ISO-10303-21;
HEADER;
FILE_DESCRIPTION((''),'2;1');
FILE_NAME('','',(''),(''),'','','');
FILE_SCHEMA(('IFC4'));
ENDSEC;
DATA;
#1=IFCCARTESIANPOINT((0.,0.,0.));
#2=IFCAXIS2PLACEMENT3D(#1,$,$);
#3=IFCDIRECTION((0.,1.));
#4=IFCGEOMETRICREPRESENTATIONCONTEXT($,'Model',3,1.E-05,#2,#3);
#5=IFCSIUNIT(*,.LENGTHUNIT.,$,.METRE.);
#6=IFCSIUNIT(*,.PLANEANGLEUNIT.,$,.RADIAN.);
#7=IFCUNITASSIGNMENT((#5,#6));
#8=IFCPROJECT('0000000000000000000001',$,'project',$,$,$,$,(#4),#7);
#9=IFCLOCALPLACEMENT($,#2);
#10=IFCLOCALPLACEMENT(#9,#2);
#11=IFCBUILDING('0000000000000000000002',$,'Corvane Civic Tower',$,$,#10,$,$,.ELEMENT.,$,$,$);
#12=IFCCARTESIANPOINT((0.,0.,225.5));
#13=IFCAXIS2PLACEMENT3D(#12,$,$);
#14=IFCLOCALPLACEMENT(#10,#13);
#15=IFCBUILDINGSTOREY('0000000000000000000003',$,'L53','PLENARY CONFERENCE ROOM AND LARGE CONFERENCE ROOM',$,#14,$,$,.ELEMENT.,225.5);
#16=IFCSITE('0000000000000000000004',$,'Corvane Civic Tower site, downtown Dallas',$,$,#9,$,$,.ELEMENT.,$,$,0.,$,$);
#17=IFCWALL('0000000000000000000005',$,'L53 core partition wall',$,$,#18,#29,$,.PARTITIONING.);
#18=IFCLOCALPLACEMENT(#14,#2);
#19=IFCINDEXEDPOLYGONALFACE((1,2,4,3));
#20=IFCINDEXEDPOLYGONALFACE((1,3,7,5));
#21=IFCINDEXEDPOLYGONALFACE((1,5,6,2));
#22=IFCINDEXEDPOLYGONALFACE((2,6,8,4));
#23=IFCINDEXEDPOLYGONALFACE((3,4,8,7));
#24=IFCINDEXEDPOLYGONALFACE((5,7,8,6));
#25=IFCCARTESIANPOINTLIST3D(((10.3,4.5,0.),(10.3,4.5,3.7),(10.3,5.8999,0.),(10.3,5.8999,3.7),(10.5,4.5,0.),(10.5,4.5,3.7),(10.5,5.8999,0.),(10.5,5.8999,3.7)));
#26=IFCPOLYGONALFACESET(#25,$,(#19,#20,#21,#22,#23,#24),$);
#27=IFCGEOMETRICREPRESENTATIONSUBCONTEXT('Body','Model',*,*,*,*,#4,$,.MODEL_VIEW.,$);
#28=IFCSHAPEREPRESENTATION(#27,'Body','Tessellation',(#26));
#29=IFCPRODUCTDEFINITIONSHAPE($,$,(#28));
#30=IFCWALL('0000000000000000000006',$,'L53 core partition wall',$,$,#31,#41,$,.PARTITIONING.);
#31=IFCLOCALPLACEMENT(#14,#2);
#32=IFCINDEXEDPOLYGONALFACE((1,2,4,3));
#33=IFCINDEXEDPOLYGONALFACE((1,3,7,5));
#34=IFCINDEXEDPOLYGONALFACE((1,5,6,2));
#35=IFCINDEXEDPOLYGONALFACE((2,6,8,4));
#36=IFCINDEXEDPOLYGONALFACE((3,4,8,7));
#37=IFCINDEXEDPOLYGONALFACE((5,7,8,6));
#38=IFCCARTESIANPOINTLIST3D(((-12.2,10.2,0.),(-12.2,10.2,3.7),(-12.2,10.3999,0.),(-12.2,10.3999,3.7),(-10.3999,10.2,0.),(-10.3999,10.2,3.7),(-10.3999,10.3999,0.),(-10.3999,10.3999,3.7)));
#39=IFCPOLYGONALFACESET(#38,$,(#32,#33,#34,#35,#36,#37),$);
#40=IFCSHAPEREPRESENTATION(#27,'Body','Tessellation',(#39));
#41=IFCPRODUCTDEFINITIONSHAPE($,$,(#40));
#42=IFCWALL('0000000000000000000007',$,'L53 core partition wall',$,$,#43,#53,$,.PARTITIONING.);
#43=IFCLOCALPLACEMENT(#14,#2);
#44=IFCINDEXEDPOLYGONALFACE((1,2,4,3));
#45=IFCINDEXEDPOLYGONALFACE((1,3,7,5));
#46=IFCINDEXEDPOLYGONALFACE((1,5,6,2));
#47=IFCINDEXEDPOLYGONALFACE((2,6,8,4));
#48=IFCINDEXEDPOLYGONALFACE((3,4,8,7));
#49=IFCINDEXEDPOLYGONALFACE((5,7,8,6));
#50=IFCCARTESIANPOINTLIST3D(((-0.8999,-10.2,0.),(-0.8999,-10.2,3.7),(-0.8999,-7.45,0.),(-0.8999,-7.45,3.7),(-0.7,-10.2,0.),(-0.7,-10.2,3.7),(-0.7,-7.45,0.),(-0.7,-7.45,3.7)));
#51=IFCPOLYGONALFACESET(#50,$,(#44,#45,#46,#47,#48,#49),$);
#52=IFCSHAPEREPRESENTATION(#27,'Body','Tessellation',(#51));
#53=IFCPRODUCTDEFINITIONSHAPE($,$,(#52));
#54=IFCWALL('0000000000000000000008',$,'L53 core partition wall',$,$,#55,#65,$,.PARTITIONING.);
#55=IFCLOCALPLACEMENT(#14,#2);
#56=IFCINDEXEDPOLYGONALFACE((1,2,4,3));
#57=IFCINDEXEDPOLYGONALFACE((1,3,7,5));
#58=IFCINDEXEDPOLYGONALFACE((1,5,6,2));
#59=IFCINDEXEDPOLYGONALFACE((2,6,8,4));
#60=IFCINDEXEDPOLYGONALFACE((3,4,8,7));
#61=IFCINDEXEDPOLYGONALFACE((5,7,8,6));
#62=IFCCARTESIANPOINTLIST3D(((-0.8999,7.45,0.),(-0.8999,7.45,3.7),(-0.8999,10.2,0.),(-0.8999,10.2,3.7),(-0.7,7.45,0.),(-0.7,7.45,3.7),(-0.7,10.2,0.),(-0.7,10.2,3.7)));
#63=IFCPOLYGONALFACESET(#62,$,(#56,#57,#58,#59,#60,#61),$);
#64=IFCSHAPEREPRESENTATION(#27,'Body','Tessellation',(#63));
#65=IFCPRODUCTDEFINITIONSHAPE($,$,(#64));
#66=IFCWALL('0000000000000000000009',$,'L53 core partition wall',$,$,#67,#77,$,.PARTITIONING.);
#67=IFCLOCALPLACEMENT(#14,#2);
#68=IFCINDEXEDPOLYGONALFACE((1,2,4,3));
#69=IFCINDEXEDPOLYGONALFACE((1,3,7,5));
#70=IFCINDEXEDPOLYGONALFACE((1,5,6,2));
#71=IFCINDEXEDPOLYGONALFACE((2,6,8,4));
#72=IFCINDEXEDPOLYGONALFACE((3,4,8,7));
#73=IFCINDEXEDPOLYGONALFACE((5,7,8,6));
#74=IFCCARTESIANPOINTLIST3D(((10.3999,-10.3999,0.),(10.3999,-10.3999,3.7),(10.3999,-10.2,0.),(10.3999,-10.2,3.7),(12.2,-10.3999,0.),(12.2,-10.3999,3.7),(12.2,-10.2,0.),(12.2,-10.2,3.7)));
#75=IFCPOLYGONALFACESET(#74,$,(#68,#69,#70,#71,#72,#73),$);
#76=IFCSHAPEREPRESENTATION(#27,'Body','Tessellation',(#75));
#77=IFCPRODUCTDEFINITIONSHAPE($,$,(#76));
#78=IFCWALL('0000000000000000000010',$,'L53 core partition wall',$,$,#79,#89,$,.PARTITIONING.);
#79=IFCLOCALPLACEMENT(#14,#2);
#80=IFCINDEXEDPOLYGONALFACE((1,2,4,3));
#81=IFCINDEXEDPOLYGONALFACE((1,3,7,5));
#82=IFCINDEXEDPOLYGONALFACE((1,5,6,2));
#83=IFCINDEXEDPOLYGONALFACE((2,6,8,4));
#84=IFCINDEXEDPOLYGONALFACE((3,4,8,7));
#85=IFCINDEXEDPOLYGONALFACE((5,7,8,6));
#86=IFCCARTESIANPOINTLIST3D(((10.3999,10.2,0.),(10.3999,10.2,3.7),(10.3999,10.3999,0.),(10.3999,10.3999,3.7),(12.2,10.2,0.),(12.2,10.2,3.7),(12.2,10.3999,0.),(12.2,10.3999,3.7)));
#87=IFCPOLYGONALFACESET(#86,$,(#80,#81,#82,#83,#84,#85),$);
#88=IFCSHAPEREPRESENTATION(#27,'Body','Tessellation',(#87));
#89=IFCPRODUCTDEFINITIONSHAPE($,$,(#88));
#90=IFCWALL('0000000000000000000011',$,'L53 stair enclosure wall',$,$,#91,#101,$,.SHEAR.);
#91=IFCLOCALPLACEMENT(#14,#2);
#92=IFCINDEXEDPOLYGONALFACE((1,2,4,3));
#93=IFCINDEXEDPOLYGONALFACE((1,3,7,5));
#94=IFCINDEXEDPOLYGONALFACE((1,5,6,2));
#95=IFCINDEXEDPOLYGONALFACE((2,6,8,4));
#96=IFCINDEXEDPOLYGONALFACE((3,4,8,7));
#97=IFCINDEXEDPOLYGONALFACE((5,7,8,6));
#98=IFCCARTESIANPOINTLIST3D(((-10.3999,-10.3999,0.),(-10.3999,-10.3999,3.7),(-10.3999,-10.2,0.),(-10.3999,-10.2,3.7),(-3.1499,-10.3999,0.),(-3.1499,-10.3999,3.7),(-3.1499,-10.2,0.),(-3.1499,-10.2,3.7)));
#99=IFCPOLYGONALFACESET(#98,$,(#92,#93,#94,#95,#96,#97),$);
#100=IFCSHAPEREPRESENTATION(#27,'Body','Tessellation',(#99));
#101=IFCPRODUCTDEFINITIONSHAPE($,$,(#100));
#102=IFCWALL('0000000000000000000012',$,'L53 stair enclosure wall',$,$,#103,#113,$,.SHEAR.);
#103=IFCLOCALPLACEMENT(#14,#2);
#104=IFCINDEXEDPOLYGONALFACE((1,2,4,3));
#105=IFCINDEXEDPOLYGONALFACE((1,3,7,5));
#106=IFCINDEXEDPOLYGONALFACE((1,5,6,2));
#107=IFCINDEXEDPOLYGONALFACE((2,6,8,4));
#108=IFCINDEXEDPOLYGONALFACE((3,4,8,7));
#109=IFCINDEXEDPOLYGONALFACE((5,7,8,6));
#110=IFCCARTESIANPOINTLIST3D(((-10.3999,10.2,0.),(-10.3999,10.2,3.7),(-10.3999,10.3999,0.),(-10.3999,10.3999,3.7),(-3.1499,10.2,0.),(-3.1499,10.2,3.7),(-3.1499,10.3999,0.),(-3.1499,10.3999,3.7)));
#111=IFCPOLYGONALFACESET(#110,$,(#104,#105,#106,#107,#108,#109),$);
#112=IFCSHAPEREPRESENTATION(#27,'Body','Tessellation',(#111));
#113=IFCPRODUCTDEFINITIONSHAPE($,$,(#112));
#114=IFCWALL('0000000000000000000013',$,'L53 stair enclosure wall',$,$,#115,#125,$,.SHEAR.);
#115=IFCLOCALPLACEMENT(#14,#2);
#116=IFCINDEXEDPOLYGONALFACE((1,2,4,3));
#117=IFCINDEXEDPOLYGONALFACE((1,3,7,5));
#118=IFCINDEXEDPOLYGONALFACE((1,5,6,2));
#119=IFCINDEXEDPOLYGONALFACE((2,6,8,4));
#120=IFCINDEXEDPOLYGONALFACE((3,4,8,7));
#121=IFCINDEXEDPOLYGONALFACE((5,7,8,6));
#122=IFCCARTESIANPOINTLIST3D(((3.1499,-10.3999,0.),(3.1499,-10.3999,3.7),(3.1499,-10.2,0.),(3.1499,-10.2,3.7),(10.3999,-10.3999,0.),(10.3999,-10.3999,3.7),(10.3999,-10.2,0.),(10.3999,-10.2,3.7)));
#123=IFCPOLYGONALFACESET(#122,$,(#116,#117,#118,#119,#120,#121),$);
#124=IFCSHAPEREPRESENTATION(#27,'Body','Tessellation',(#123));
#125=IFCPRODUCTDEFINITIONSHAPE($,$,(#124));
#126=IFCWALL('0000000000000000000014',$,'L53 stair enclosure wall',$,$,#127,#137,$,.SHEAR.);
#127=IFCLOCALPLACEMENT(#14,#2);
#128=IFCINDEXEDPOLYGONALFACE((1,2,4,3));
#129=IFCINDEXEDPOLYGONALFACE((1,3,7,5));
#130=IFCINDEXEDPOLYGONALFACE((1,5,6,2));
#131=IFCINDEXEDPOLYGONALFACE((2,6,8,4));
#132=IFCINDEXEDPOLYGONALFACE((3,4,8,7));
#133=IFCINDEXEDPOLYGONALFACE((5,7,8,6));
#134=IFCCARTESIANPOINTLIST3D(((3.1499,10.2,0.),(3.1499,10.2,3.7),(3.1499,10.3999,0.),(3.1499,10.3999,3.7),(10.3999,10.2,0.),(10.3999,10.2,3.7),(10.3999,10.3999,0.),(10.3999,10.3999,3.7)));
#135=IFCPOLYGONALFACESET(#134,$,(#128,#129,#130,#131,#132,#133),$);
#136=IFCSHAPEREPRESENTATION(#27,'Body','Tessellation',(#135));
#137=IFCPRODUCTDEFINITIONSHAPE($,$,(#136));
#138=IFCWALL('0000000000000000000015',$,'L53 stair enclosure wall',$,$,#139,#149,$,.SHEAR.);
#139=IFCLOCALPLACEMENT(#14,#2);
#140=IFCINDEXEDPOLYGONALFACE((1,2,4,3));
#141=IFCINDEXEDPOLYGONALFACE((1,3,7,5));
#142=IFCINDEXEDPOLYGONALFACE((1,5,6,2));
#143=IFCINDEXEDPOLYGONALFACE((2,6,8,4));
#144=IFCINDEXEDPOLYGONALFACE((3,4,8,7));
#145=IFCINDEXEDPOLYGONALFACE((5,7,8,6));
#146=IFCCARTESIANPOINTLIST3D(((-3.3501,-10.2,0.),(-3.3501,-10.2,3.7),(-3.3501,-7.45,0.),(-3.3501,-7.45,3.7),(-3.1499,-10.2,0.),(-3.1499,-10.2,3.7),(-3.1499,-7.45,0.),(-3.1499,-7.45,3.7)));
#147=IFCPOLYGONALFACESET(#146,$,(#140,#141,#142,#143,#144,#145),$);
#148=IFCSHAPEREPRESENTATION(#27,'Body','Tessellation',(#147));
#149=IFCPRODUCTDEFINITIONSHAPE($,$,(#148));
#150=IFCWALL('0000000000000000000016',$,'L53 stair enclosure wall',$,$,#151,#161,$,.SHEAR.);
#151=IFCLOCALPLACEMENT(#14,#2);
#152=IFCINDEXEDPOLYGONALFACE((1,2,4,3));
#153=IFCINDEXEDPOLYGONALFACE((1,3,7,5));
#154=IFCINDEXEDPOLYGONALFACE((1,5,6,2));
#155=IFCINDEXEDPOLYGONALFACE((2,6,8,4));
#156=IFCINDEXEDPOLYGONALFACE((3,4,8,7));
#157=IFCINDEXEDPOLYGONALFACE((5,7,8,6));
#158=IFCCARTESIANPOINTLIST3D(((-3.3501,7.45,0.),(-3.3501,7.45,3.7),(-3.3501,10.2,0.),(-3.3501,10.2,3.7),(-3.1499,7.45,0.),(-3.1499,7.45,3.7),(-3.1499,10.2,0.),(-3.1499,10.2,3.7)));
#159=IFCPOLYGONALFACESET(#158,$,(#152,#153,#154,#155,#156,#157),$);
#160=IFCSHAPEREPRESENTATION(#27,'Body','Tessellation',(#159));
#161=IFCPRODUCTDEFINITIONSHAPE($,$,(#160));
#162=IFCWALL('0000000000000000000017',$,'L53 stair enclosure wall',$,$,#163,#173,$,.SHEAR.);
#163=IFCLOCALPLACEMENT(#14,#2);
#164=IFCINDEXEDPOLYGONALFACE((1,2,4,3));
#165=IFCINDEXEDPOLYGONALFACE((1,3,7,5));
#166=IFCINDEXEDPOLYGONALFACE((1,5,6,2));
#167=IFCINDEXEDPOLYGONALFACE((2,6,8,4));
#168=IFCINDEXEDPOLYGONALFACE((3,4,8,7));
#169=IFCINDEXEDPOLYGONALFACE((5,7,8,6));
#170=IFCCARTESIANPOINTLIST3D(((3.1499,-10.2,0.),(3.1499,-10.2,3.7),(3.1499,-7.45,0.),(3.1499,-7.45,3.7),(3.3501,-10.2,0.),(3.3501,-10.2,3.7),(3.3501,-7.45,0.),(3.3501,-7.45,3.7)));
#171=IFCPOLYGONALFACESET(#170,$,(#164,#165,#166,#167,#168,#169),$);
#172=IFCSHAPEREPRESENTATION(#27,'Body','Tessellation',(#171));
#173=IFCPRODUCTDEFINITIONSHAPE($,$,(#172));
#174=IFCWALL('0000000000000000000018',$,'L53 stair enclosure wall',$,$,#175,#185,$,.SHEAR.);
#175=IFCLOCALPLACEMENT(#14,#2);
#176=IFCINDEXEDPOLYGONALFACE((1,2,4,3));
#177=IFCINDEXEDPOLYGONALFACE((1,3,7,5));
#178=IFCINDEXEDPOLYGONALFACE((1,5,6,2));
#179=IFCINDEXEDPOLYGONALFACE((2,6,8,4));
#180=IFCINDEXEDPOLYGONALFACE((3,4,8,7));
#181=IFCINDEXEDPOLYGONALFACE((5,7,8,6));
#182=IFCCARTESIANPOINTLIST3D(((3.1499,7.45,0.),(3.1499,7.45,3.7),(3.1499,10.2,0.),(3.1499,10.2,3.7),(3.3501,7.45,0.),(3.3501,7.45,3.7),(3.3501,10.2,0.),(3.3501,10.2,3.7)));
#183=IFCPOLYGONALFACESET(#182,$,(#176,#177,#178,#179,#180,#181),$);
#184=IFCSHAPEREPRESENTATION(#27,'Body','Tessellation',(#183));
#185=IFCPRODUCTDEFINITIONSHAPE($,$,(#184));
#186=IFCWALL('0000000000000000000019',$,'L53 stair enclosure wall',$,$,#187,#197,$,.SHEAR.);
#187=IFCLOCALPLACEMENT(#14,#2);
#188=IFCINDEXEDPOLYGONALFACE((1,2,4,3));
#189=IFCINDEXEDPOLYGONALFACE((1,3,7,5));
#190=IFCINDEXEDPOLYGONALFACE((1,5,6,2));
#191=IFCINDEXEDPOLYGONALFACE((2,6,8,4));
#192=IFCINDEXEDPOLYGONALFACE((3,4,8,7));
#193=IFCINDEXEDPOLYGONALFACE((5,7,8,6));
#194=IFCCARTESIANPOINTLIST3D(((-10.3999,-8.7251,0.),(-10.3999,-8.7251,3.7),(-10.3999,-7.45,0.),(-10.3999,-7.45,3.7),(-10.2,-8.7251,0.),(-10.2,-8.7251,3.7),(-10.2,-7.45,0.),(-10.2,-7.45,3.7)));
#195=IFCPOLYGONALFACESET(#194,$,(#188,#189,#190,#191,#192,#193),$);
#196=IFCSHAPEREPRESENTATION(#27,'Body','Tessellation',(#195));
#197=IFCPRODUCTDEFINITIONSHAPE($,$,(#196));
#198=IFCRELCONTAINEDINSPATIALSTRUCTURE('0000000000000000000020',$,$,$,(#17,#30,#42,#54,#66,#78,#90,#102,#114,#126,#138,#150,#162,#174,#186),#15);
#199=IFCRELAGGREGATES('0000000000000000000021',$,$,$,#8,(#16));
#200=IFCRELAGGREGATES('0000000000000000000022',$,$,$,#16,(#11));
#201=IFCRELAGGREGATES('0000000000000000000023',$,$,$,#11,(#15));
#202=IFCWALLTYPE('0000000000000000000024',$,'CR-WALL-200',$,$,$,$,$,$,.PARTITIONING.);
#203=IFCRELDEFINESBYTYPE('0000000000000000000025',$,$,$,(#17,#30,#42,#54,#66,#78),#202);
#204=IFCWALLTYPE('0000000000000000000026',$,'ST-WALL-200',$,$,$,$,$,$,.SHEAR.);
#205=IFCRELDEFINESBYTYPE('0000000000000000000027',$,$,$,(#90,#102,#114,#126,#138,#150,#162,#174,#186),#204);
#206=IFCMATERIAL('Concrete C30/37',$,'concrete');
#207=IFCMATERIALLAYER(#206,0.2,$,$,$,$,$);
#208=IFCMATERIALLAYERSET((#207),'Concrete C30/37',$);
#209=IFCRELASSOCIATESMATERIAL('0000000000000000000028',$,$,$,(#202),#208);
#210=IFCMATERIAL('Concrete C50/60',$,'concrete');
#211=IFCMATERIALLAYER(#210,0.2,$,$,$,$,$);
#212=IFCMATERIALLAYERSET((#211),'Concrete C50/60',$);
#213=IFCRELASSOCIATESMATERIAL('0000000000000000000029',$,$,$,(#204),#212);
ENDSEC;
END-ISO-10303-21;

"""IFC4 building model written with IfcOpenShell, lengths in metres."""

from ifc_helpers import new_model, si_unit, direction, frame, origin, place, context, subcontext, project, spatial, polyline, outline, extrude, material, layer, layer_set, type_object, element, save


model = new_model("IFC4")

# Units and contexts
model_context = context("Model", 3, precision=1e-05, world=origin(), true_north=direction((0.0, 1.0)))
body_context = subcontext(model_context, "Body", "Model", "MODEL_VIEW")
ifc_project = project(units=[si_unit("LENGTHUNIT", "METRE"), si_unit("PLANEANGLEUNIT", "RADIAN")], contexts=[model_context])

# Site, building, storey
site_placement = place(None, origin())
site = spatial("IfcSite", under=ifc_project, at=site_placement, Name="Corvane Civic Tower site, downtown Dallas", CompositionType="ELEMENT", RefElevation=0.0)
building_placement = place(site_placement, origin())
building = spatial("IfcBuilding", under=site, at=building_placement, Name="Corvane Civic Tower", CompositionType="ELEMENT")
storey_placement = place(building_placement, frame((0.0, 0.0, 225.5)))
storey = spatial("IfcBuildingStorey", under=building, at=storey_placement, Name="L53", Description="PLENARY CONFERENCE ROOM AND LARGE CONFERENCE ROOM", CompositionType="ELEMENT", Elevation=225.5)

# Walls
ifc_material_1 = material(Name="Concrete C30/37", Category="concrete")
ifc_layer_1 = layer(ifc_material_1, 0.2)
ifc_layer_set_1 = layer_set([ifc_layer_1], Name="Concrete C30/37")
wall_type_1 = type_object("IfcWallType", Name="CR-WALL-200", PredefinedType="PARTITIONING", material=ifc_layer_set_1)
wall_1_placement = place(storey_placement, origin())
element("IfcWall", 1, at=wall_1_placement, inside=storey, type_object=wall_type_1, Name="L53 core partition wall", PredefinedType="PARTITIONING", context=body_context, shape_type="SweptSolid", body=[
    extrude(outline(polyline([(10.5, 4.5), (10.3, 4.5), (10.3, 5.8999), (10.5, 5.8999), (10.5, 4.5)])), origin(), (0.0, 0.0, 1.0), 3.7),
])
wall_2_placement = place(storey_placement, origin())
element("IfcWall", 2, at=wall_2_placement, inside=storey, type_object=wall_type_1, Name="L53 core partition wall", PredefinedType="PARTITIONING", context=body_context, shape_type="SweptSolid", body=[
    extrude(outline(polyline([(-10.3999, 10.2), (-12.2, 10.2), (-12.2, 10.3999), (-10.3999, 10.3999), (-10.3999, 10.2)])), origin(), (0.0, 0.0, 1.0), 3.7),
])
wall_3_placement = place(storey_placement, origin())
element("IfcWall", 3, at=wall_3_placement, inside=storey, type_object=wall_type_1, Name="L53 core partition wall", PredefinedType="PARTITIONING", context=body_context, shape_type="SweptSolid", body=[
    extrude(outline(polyline([(-0.7, -10.2), (-0.8999, -10.2), (-0.8999, -7.45), (-0.7, -7.45), (-0.7, -10.2)])), origin(), (0.0, 0.0, 1.0), 3.7),
])
wall_4_placement = place(storey_placement, origin())
element("IfcWall", 4, at=wall_4_placement, inside=storey, type_object=wall_type_1, Name="L53 core partition wall", PredefinedType="PARTITIONING", context=body_context, shape_type="SweptSolid", body=[
    extrude(outline(polyline([(-0.7, 7.45), (-0.8999, 7.45), (-0.8999, 10.2), (-0.7, 10.2), (-0.7, 7.45)])), origin(), (0.0, 0.0, 1.0), 3.7),
])
wall_5_placement = place(storey_placement, origin())
element("IfcWall", 5, at=wall_5_placement, inside=storey, type_object=wall_type_1, Name="L53 core partition wall", PredefinedType="PARTITIONING", context=body_context, shape_type="SweptSolid", body=[
    extrude(outline(polyline([(10.3999, -10.3999), (10.3999, -10.2), (12.2, -10.2), (12.2, -10.3999), (10.3999, -10.3999)])), origin(), (0.0, 0.0, 1.0), 3.7),
])
wall_6_placement = place(storey_placement, origin())
element("IfcWall", 6, at=wall_6_placement, inside=storey, type_object=wall_type_1, Name="L53 core partition wall", PredefinedType="PARTITIONING", context=body_context, shape_type="SweptSolid", body=[
    extrude(outline(polyline([(10.3999, 10.2), (10.3999, 10.3999), (12.2, 10.3999), (12.2, 10.2), (10.3999, 10.2)])), origin(), (0.0, 0.0, 1.0), 3.7),
])
ifc_material_2 = material(Name="Concrete C50/60", Category="concrete")
ifc_layer_2 = layer(ifc_material_2, 0.2)
ifc_layer_set_2 = layer_set([ifc_layer_2], Name="Concrete C50/60")
wall_type_2 = type_object("IfcWallType", Name="ST-WALL-200", PredefinedType="SHEAR", material=ifc_layer_set_2)
wall_7_placement = place(storey_placement, origin())
element("IfcWall", 7, at=wall_7_placement, inside=storey, type_object=wall_type_2, Name="L53 stair enclosure wall", PredefinedType="SHEAR", context=body_context, shape_type="SweptSolid", body=[
    extrude(outline(polyline([(-3.1499, -10.2), (-3.1499, -10.3999), (-10.3999, -10.3999), (-10.3999, -10.2), (-3.1499, -10.2)])), origin(), (0.0, 0.0, 1.0), 3.7),
])
wall_8_placement = place(storey_placement, origin())
element("IfcWall", 8, at=wall_8_placement, inside=storey, type_object=wall_type_2, Name="L53 stair enclosure wall", PredefinedType="SHEAR", context=body_context, shape_type="SweptSolid", body=[
    extrude(outline(polyline([(-3.1499, 10.2), (-10.3999, 10.2), (-10.3999, 10.3999), (-3.1499, 10.3999), (-3.1499, 10.2)])), origin(), (0.0, 0.0, 1.0), 3.7),
])
wall_9_placement = place(storey_placement, origin())
element("IfcWall", 9, at=wall_9_placement, inside=storey, type_object=wall_type_2, Name="L53 stair enclosure wall", PredefinedType="SHEAR", context=body_context, shape_type="SweptSolid", body=[
    extrude(outline(polyline([(10.3999, -10.3999), (3.1499, -10.3999), (3.1499, -10.2), (10.3999, -10.2), (10.3999, -10.3999)])), origin(), (0.0, 0.0, 1.0), 3.7),
])
wall_10_placement = place(storey_placement, origin())
element("IfcWall", 10, at=wall_10_placement, inside=storey, type_object=wall_type_2, Name="L53 stair enclosure wall", PredefinedType="SHEAR", context=body_context, shape_type="SweptSolid", body=[
    extrude(outline(polyline([(10.3999, 10.2), (3.1499, 10.2), (3.1499, 10.3999), (10.3999, 10.3999), (10.3999, 10.2)])), origin(), (0.0, 0.0, 1.0), 3.7),
])
wall_11_placement = place(storey_placement, origin())
element("IfcWall", 11, at=wall_11_placement, inside=storey, type_object=wall_type_2, Name="L53 stair enclosure wall", PredefinedType="SHEAR", context=body_context, shape_type="SweptSolid", body=[
    extrude(outline(polyline([(-3.1499, -7.45), (-3.1499, -10.2), (-3.3501, -10.2), (-3.3501, -7.45), (-3.1499, -7.45)])), origin(), (0.0, 0.0, 1.0), 3.7),
])
wall_12_placement = place(storey_placement, origin())
element("IfcWall", 12, at=wall_12_placement, inside=storey, type_object=wall_type_2, Name="L53 stair enclosure wall", PredefinedType="SHEAR", context=body_context, shape_type="SweptSolid", body=[
    extrude(outline(polyline([(-3.1499, 7.45), (-3.3501, 7.45), (-3.3501, 10.2), (-3.1499, 10.2), (-3.1499, 7.45)])), origin(), (0.0, 0.0, 1.0), 3.7),
])
wall_13_placement = place(storey_placement, origin())
element("IfcWall", 13, at=wall_13_placement, inside=storey, type_object=wall_type_2, Name="L53 stair enclosure wall", PredefinedType="SHEAR", context=body_context, shape_type="SweptSolid", body=[
    extrude(outline(polyline([(3.3501, -7.45), (3.3501, -10.2), (3.1499, -10.2), (3.1499, -7.45), (3.3501, -7.45)])), origin(), (0.0, 0.0, 1.0), 3.7),
])
wall_14_placement = place(storey_placement, origin())
element("IfcWall", 14, at=wall_14_placement, inside=storey, type_object=wall_type_2, Name="L53 stair enclosure wall", PredefinedType="SHEAR", context=body_context, shape_type="SweptSolid", body=[
    extrude(outline(polyline([(3.3501, 7.45), (3.1499, 7.45), (3.1499, 10.2), (3.3501, 10.2), (3.3501, 7.45)])), origin(), (0.0, 0.0, 1.0), 3.7),
])
wall_15_placement = place(storey_placement, origin())
element("IfcWall", 15, at=wall_15_placement, inside=storey, type_object=wall_type_2, Name="L53 stair enclosure wall", PredefinedType="SHEAR", context=body_context, shape_type="SweptSolid", body=[
    extrude(outline(polyline([(-10.2, -7.45), (-10.2, -8.7251), (-10.3999, -8.7251), (-10.3999, -7.45), (-10.2, -7.45)])), origin(), (0.0, 0.0, 1.0), 3.7),
])

save(model, "model.ifc")
